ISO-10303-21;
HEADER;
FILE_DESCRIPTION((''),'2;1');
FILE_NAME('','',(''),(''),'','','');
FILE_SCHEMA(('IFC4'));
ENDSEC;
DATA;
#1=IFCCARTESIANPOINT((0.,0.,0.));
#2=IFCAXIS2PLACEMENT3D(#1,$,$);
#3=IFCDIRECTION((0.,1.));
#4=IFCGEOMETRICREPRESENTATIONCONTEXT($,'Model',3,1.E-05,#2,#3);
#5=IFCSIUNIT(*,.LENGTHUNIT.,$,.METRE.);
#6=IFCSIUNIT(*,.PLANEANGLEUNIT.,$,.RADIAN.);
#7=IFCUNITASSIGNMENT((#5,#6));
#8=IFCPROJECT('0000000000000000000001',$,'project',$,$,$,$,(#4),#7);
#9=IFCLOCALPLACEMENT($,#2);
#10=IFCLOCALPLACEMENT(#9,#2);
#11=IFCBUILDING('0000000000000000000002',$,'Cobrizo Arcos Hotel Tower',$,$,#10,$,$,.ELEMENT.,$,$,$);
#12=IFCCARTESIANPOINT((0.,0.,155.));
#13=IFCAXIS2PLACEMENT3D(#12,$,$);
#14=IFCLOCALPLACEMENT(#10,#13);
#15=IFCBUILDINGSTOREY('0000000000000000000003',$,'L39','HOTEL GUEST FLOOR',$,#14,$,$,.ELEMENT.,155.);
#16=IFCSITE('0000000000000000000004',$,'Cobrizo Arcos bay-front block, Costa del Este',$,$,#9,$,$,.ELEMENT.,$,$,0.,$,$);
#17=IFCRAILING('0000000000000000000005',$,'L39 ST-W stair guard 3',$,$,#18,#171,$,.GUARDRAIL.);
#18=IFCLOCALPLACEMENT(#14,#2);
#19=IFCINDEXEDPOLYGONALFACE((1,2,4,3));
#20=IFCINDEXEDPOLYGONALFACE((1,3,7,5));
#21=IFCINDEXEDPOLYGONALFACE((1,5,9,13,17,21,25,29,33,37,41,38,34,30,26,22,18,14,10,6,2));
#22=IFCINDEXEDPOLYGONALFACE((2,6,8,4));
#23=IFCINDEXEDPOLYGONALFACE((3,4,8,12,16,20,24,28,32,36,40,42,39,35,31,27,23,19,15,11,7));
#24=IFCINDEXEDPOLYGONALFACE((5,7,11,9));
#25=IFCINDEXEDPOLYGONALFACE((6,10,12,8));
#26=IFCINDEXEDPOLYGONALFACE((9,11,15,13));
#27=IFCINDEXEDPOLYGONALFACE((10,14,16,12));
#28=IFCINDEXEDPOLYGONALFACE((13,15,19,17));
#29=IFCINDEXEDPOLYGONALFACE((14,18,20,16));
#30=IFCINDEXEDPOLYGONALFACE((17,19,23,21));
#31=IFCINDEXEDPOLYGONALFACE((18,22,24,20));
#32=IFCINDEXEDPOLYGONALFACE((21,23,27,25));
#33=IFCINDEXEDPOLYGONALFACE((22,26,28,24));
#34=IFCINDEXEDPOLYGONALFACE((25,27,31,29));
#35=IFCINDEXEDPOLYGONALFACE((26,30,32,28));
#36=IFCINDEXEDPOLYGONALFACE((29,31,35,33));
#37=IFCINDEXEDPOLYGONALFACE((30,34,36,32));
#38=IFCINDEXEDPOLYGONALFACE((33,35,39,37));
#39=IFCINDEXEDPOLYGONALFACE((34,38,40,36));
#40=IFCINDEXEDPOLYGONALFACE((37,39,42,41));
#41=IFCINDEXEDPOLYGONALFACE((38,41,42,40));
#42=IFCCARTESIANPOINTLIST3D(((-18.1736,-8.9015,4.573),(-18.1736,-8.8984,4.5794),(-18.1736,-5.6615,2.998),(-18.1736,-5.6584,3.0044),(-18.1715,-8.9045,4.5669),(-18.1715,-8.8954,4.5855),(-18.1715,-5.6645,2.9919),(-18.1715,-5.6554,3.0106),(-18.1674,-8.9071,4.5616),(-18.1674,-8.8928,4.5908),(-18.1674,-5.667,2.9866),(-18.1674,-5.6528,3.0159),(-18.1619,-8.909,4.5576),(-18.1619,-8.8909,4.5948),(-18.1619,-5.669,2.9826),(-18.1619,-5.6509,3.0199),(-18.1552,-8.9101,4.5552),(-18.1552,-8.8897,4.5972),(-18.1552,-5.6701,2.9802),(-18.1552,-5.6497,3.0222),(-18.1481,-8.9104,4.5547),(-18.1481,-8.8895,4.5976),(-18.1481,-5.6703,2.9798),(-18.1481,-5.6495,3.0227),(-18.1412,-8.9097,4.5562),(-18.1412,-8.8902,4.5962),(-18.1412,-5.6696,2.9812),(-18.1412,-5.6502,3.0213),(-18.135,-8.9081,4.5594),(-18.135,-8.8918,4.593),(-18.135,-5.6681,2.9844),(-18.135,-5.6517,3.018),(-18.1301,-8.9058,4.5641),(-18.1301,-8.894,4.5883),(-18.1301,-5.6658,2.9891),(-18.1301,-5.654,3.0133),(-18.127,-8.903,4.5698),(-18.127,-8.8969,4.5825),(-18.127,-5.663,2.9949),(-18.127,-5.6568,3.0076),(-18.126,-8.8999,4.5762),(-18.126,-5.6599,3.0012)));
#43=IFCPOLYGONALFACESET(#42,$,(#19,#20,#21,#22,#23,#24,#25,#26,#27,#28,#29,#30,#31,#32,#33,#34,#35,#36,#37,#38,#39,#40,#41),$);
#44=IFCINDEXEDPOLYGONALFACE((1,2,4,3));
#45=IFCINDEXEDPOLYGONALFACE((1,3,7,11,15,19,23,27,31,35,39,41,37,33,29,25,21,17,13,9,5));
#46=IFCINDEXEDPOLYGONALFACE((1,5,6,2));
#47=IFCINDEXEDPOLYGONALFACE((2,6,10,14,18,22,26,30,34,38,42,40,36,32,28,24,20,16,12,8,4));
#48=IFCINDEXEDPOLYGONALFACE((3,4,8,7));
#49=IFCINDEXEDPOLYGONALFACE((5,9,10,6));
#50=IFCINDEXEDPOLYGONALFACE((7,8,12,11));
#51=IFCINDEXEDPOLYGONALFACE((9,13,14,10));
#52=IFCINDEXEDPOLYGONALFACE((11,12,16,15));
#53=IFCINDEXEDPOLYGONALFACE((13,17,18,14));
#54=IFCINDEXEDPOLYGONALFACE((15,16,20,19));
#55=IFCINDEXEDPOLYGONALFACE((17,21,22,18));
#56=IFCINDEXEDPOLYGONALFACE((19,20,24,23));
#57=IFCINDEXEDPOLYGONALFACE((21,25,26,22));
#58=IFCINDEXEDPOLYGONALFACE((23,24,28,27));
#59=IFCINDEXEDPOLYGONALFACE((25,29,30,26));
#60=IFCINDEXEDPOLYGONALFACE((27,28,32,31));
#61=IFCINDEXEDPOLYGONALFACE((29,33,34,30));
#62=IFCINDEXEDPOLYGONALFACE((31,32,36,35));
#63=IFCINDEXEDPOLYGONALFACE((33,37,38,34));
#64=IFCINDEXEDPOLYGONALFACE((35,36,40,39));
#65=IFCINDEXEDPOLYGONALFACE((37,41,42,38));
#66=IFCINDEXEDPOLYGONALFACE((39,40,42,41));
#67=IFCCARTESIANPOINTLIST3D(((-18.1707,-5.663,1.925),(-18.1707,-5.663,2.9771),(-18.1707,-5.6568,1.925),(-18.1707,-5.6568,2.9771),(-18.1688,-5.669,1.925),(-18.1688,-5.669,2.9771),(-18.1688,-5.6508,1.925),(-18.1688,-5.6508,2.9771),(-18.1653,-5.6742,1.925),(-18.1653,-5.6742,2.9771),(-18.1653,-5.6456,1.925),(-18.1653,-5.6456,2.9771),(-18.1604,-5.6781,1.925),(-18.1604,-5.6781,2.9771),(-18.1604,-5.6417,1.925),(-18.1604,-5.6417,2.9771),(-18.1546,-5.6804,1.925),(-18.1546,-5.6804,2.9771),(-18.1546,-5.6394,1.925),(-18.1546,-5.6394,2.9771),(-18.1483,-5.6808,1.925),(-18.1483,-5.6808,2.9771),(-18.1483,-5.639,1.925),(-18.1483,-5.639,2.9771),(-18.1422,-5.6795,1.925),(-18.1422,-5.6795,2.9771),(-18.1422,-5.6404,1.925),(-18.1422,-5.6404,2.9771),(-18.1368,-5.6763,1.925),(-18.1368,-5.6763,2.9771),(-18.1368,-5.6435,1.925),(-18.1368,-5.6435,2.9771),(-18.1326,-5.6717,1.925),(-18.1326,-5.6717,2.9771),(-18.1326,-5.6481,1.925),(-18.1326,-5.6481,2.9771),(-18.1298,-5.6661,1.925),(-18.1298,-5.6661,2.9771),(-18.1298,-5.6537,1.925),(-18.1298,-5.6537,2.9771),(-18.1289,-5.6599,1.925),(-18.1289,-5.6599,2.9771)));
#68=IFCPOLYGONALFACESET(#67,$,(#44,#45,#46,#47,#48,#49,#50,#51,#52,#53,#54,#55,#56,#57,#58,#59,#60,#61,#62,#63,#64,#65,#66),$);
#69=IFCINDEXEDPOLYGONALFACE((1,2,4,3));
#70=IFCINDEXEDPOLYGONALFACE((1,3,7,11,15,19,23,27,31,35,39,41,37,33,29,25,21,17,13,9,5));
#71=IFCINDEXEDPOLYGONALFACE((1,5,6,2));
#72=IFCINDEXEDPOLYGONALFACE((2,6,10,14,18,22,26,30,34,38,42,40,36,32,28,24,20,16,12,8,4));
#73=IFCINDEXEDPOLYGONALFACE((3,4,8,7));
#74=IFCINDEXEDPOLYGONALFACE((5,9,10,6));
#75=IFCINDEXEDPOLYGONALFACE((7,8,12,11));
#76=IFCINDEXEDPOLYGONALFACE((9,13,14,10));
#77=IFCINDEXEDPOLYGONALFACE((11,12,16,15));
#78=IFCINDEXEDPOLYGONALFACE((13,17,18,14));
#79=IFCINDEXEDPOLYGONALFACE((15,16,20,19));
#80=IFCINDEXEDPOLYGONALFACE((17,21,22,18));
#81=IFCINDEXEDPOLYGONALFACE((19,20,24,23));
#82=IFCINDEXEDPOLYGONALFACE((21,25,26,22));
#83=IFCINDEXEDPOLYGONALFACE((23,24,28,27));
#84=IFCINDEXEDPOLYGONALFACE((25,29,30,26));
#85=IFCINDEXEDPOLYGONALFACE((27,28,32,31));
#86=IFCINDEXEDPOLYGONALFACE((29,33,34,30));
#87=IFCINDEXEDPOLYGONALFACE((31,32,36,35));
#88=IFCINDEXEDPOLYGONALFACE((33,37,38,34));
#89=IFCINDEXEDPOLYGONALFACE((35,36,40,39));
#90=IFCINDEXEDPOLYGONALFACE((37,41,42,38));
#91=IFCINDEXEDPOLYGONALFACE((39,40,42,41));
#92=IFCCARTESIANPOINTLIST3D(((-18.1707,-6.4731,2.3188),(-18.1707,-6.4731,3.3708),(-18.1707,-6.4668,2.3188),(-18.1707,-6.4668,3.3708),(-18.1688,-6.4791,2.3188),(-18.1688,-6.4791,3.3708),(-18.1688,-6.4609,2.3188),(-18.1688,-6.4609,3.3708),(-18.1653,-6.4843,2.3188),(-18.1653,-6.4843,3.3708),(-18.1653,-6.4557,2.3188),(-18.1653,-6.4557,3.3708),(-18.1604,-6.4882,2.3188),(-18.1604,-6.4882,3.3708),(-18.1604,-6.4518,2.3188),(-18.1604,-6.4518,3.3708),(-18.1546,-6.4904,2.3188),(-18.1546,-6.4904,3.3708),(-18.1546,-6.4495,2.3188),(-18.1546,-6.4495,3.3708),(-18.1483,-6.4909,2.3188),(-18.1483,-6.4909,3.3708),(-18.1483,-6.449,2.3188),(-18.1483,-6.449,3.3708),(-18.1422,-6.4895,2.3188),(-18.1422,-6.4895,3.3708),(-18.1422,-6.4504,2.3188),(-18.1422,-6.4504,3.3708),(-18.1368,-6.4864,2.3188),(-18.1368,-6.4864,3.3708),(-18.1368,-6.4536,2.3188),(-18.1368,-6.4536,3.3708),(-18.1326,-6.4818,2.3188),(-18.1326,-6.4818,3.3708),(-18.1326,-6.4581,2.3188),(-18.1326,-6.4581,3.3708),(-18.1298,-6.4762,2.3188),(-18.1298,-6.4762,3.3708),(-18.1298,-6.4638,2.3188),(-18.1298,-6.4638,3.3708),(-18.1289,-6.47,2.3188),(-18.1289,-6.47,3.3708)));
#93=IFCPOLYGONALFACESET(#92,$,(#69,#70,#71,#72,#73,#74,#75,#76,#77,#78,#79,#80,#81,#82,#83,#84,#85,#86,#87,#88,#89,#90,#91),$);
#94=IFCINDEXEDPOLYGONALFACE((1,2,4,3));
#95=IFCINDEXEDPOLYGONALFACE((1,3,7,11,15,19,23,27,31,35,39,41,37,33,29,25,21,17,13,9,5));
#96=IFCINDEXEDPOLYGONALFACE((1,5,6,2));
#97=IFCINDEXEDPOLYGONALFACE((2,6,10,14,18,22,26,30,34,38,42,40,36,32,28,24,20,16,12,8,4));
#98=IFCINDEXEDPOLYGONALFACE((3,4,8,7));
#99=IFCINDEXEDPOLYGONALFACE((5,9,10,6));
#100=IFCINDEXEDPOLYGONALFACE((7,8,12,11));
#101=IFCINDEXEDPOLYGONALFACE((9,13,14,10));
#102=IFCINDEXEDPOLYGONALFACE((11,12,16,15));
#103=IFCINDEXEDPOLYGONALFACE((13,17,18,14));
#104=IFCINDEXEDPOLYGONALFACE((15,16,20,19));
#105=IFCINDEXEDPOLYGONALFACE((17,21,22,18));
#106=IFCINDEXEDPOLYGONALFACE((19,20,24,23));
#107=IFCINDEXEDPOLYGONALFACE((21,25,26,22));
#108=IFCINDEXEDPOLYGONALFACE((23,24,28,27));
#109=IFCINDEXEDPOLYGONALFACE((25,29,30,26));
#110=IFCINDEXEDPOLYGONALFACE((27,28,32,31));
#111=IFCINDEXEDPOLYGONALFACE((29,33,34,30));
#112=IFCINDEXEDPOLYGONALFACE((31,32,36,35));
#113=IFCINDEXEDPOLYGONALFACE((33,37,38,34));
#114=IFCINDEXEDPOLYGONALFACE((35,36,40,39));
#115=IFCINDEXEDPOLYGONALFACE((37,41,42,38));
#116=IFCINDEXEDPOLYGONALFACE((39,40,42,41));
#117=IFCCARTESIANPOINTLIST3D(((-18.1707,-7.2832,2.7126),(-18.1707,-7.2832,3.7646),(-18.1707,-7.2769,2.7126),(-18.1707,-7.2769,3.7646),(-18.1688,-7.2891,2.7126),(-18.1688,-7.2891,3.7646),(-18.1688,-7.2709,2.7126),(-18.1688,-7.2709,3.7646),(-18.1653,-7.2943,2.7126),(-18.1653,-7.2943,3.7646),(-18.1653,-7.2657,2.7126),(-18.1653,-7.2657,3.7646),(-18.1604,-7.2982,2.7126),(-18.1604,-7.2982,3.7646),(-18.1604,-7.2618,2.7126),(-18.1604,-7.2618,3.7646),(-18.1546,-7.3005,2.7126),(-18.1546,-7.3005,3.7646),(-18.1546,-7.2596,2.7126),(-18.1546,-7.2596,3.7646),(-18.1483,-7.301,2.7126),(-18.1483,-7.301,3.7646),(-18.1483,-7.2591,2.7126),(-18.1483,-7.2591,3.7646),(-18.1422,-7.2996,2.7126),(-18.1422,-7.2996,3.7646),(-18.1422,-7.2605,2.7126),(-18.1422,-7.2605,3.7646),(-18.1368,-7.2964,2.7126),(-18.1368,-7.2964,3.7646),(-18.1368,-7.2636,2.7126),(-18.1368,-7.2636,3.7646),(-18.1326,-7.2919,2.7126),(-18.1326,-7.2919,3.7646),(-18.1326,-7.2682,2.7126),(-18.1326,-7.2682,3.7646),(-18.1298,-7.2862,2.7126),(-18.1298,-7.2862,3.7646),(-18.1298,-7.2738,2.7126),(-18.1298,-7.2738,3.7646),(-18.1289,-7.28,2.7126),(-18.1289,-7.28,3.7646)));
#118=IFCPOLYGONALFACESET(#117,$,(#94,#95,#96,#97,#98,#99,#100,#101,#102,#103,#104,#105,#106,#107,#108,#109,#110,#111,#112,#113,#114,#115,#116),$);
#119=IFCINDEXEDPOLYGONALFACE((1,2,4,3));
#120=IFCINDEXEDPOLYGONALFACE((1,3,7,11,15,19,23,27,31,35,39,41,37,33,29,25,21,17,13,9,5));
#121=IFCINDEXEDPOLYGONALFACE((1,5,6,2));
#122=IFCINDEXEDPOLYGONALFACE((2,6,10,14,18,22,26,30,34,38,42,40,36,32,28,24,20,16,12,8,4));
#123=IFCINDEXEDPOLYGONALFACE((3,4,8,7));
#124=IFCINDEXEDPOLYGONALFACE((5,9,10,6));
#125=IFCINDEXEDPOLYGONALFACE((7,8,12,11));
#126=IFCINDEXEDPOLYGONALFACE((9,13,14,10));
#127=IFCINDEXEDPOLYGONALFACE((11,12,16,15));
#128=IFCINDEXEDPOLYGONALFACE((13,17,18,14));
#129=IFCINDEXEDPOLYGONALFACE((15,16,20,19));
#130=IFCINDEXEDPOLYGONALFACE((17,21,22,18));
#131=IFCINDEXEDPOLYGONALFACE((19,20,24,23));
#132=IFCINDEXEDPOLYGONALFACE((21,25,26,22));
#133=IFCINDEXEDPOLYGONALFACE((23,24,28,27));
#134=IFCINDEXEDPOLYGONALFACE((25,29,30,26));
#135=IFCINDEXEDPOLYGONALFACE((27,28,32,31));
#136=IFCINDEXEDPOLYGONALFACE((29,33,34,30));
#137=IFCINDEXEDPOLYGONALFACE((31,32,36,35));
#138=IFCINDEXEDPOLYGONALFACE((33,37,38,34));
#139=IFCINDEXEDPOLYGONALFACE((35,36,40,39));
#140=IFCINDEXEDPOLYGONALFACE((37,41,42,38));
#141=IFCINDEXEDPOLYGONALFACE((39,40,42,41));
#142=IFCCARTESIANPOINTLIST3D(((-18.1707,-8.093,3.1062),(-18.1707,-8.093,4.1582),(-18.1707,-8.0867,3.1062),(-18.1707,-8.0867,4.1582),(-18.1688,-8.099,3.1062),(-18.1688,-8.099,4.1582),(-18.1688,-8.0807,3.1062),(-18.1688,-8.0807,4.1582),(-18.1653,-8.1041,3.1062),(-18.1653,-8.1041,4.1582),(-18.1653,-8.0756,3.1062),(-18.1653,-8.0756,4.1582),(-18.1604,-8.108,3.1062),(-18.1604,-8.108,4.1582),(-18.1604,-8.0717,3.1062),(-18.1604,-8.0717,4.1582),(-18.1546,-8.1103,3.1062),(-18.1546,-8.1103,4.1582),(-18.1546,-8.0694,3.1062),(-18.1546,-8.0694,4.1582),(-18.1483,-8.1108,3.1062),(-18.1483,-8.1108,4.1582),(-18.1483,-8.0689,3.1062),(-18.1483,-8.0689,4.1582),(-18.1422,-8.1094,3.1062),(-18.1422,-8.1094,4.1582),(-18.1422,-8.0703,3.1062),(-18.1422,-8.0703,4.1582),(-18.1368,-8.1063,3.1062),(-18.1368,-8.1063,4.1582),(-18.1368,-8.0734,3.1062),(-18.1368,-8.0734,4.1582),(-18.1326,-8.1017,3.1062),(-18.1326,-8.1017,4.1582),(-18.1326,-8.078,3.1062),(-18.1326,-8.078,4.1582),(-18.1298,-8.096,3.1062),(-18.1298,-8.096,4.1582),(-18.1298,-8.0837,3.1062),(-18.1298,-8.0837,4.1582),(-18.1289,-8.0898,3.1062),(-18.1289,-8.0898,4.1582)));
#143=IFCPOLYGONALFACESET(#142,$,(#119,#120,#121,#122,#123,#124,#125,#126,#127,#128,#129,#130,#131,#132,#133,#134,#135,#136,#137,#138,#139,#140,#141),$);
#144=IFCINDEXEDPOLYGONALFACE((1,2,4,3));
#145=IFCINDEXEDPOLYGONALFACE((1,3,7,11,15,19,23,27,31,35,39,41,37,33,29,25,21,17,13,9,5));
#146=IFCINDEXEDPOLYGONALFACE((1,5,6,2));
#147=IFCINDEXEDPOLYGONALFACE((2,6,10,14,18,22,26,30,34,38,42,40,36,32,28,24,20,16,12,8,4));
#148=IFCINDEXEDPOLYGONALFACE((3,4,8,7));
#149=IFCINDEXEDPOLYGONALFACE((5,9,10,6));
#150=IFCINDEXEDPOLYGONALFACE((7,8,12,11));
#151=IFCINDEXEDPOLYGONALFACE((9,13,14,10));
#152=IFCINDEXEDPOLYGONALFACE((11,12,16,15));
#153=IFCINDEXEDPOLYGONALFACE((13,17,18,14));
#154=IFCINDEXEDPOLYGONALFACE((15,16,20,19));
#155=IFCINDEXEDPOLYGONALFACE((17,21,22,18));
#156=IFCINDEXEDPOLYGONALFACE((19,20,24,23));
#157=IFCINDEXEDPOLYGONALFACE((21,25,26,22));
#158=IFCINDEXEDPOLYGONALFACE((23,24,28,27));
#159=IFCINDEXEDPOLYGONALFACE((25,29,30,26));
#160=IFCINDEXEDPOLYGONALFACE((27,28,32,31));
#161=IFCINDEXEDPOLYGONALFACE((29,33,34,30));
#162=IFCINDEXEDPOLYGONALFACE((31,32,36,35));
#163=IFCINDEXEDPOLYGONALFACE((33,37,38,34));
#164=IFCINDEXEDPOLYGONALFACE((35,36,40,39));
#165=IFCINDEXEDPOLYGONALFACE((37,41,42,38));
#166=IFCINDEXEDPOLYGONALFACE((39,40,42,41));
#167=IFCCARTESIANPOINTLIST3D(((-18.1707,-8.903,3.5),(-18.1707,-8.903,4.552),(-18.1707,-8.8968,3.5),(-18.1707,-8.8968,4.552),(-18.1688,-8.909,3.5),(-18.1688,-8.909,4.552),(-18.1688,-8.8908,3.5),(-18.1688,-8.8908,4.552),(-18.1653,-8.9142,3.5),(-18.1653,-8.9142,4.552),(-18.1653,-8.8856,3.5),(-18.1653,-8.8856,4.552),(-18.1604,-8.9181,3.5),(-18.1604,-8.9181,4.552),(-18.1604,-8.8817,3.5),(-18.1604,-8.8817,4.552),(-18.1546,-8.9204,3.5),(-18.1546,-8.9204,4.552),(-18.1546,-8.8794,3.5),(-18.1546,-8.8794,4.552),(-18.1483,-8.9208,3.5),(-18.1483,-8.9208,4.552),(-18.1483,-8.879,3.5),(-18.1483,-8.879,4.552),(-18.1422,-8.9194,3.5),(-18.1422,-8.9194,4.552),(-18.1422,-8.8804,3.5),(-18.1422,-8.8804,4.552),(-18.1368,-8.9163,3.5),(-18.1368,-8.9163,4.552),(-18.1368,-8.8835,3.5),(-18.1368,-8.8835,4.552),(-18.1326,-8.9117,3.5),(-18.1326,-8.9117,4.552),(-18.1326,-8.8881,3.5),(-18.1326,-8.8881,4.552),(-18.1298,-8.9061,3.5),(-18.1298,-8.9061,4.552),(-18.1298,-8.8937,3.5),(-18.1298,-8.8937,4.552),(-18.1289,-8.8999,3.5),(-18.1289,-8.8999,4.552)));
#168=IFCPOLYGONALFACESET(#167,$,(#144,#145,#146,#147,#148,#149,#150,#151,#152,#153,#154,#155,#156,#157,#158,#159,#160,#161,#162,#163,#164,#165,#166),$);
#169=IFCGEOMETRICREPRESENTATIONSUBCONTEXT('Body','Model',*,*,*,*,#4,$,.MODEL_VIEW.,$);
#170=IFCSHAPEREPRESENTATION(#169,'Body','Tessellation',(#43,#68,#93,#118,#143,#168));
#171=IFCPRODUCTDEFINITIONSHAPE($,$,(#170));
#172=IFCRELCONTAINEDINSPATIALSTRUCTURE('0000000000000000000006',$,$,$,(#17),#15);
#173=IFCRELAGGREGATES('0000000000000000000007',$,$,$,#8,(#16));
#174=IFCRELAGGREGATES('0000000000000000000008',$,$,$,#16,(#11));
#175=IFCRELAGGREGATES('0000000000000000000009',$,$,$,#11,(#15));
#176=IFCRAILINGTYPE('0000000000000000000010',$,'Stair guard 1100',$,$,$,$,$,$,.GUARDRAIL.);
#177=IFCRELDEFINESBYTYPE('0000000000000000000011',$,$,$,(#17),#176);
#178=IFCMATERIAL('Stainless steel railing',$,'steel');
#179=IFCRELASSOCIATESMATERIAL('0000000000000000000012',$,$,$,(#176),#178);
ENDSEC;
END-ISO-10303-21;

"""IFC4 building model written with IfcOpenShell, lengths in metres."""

from ifc_helpers import new_model, si_unit, direction, frame, origin, origin_2d, place, context, subcontext, project, spatial, circle, extrude, material, type_object, element, save


model = new_model("IFC4")

# Units and contexts
model_context = context("Model", 3, precision=1e-05, world=origin(), true_north=direction((0.0, 1.0)))
body_context = subcontext(model_context, "Body", "Model", "MODEL_VIEW")
ifc_project = project(units=[si_unit("LENGTHUNIT", "METRE"), si_unit("PLANEANGLEUNIT", "RADIAN")], contexts=[model_context])

# Site, building, storey
site_placement = place(None, origin())
site = spatial("IfcSite", under=ifc_project, at=site_placement, Name="Cobrizo Arcos bay-front block, Costa del Este", CompositionType="ELEMENT", RefElevation=0.0)
building_placement = place(site_placement, origin())
building = spatial("IfcBuilding", under=site, at=building_placement, Name="Cobrizo Arcos Hotel Tower", CompositionType="ELEMENT")
storey_placement = place(building_placement, frame((0.0, 0.0, 155.0)))
storey = spatial("IfcBuildingStorey", under=building, at=storey_placement, Name="L39", Description="HOTEL GUEST FLOOR", CompositionType="ELEMENT", Elevation=155.0)

# Railing
ifc_material_1 = material(Name="Stainless steel railing", Category="steel")
railing_type_1 = type_object("IfcRailingType", Name="Stair guard 1100", PredefinedType="GUARDRAIL", material=ifc_material_1)
railing_1_placement = place(storey_placement, frame((-18.1499, -5.6599, 1.925)))
element("IfcRailing", 1, at=railing_1_placement, inside=storey, type_object=railing_type_1, Name="L39 ST-W stair guard 3", PredefinedType="GUARDRAIL", context=body_context, shape_type="SweptSolid", body=[
    extrude(circle(Radius=0.0239, at=origin_2d()), frame((0.0, 0.0, 1.0762), z_axis=(0.0, -0.899373, 0.437183), x_axis=(1.0, 0.0, 0.0)), (0.0, 0.0, 1.0), 3.6025),
    extrude(circle(Radius=0.021, at=origin_2d()), origin(), (0.0, 0.0, 1.0), 1.052),
    extrude(circle(Radius=0.021, at=origin_2d()), frame((0.0, -0.8101, 0.3938)), (0.0, 0.0, 1.0), 1.052),
    extrude(circle(Radius=0.021, at=origin_2d()), frame((0.0, -1.6201, 0.7876)), (0.0, 0.0, 1.0), 1.052),
    extrude(circle(Radius=0.021, at=origin_2d()), frame((0.0, -2.4299, 1.1812)), (0.0, 0.0, 1.0), 1.052),
    extrude(circle(Radius=0.021, at=origin_2d()), frame((0.0, -3.24, 1.575)), (0.0, 0.0, 1.0), 1.052),
])

save(model, "model.ifc")
